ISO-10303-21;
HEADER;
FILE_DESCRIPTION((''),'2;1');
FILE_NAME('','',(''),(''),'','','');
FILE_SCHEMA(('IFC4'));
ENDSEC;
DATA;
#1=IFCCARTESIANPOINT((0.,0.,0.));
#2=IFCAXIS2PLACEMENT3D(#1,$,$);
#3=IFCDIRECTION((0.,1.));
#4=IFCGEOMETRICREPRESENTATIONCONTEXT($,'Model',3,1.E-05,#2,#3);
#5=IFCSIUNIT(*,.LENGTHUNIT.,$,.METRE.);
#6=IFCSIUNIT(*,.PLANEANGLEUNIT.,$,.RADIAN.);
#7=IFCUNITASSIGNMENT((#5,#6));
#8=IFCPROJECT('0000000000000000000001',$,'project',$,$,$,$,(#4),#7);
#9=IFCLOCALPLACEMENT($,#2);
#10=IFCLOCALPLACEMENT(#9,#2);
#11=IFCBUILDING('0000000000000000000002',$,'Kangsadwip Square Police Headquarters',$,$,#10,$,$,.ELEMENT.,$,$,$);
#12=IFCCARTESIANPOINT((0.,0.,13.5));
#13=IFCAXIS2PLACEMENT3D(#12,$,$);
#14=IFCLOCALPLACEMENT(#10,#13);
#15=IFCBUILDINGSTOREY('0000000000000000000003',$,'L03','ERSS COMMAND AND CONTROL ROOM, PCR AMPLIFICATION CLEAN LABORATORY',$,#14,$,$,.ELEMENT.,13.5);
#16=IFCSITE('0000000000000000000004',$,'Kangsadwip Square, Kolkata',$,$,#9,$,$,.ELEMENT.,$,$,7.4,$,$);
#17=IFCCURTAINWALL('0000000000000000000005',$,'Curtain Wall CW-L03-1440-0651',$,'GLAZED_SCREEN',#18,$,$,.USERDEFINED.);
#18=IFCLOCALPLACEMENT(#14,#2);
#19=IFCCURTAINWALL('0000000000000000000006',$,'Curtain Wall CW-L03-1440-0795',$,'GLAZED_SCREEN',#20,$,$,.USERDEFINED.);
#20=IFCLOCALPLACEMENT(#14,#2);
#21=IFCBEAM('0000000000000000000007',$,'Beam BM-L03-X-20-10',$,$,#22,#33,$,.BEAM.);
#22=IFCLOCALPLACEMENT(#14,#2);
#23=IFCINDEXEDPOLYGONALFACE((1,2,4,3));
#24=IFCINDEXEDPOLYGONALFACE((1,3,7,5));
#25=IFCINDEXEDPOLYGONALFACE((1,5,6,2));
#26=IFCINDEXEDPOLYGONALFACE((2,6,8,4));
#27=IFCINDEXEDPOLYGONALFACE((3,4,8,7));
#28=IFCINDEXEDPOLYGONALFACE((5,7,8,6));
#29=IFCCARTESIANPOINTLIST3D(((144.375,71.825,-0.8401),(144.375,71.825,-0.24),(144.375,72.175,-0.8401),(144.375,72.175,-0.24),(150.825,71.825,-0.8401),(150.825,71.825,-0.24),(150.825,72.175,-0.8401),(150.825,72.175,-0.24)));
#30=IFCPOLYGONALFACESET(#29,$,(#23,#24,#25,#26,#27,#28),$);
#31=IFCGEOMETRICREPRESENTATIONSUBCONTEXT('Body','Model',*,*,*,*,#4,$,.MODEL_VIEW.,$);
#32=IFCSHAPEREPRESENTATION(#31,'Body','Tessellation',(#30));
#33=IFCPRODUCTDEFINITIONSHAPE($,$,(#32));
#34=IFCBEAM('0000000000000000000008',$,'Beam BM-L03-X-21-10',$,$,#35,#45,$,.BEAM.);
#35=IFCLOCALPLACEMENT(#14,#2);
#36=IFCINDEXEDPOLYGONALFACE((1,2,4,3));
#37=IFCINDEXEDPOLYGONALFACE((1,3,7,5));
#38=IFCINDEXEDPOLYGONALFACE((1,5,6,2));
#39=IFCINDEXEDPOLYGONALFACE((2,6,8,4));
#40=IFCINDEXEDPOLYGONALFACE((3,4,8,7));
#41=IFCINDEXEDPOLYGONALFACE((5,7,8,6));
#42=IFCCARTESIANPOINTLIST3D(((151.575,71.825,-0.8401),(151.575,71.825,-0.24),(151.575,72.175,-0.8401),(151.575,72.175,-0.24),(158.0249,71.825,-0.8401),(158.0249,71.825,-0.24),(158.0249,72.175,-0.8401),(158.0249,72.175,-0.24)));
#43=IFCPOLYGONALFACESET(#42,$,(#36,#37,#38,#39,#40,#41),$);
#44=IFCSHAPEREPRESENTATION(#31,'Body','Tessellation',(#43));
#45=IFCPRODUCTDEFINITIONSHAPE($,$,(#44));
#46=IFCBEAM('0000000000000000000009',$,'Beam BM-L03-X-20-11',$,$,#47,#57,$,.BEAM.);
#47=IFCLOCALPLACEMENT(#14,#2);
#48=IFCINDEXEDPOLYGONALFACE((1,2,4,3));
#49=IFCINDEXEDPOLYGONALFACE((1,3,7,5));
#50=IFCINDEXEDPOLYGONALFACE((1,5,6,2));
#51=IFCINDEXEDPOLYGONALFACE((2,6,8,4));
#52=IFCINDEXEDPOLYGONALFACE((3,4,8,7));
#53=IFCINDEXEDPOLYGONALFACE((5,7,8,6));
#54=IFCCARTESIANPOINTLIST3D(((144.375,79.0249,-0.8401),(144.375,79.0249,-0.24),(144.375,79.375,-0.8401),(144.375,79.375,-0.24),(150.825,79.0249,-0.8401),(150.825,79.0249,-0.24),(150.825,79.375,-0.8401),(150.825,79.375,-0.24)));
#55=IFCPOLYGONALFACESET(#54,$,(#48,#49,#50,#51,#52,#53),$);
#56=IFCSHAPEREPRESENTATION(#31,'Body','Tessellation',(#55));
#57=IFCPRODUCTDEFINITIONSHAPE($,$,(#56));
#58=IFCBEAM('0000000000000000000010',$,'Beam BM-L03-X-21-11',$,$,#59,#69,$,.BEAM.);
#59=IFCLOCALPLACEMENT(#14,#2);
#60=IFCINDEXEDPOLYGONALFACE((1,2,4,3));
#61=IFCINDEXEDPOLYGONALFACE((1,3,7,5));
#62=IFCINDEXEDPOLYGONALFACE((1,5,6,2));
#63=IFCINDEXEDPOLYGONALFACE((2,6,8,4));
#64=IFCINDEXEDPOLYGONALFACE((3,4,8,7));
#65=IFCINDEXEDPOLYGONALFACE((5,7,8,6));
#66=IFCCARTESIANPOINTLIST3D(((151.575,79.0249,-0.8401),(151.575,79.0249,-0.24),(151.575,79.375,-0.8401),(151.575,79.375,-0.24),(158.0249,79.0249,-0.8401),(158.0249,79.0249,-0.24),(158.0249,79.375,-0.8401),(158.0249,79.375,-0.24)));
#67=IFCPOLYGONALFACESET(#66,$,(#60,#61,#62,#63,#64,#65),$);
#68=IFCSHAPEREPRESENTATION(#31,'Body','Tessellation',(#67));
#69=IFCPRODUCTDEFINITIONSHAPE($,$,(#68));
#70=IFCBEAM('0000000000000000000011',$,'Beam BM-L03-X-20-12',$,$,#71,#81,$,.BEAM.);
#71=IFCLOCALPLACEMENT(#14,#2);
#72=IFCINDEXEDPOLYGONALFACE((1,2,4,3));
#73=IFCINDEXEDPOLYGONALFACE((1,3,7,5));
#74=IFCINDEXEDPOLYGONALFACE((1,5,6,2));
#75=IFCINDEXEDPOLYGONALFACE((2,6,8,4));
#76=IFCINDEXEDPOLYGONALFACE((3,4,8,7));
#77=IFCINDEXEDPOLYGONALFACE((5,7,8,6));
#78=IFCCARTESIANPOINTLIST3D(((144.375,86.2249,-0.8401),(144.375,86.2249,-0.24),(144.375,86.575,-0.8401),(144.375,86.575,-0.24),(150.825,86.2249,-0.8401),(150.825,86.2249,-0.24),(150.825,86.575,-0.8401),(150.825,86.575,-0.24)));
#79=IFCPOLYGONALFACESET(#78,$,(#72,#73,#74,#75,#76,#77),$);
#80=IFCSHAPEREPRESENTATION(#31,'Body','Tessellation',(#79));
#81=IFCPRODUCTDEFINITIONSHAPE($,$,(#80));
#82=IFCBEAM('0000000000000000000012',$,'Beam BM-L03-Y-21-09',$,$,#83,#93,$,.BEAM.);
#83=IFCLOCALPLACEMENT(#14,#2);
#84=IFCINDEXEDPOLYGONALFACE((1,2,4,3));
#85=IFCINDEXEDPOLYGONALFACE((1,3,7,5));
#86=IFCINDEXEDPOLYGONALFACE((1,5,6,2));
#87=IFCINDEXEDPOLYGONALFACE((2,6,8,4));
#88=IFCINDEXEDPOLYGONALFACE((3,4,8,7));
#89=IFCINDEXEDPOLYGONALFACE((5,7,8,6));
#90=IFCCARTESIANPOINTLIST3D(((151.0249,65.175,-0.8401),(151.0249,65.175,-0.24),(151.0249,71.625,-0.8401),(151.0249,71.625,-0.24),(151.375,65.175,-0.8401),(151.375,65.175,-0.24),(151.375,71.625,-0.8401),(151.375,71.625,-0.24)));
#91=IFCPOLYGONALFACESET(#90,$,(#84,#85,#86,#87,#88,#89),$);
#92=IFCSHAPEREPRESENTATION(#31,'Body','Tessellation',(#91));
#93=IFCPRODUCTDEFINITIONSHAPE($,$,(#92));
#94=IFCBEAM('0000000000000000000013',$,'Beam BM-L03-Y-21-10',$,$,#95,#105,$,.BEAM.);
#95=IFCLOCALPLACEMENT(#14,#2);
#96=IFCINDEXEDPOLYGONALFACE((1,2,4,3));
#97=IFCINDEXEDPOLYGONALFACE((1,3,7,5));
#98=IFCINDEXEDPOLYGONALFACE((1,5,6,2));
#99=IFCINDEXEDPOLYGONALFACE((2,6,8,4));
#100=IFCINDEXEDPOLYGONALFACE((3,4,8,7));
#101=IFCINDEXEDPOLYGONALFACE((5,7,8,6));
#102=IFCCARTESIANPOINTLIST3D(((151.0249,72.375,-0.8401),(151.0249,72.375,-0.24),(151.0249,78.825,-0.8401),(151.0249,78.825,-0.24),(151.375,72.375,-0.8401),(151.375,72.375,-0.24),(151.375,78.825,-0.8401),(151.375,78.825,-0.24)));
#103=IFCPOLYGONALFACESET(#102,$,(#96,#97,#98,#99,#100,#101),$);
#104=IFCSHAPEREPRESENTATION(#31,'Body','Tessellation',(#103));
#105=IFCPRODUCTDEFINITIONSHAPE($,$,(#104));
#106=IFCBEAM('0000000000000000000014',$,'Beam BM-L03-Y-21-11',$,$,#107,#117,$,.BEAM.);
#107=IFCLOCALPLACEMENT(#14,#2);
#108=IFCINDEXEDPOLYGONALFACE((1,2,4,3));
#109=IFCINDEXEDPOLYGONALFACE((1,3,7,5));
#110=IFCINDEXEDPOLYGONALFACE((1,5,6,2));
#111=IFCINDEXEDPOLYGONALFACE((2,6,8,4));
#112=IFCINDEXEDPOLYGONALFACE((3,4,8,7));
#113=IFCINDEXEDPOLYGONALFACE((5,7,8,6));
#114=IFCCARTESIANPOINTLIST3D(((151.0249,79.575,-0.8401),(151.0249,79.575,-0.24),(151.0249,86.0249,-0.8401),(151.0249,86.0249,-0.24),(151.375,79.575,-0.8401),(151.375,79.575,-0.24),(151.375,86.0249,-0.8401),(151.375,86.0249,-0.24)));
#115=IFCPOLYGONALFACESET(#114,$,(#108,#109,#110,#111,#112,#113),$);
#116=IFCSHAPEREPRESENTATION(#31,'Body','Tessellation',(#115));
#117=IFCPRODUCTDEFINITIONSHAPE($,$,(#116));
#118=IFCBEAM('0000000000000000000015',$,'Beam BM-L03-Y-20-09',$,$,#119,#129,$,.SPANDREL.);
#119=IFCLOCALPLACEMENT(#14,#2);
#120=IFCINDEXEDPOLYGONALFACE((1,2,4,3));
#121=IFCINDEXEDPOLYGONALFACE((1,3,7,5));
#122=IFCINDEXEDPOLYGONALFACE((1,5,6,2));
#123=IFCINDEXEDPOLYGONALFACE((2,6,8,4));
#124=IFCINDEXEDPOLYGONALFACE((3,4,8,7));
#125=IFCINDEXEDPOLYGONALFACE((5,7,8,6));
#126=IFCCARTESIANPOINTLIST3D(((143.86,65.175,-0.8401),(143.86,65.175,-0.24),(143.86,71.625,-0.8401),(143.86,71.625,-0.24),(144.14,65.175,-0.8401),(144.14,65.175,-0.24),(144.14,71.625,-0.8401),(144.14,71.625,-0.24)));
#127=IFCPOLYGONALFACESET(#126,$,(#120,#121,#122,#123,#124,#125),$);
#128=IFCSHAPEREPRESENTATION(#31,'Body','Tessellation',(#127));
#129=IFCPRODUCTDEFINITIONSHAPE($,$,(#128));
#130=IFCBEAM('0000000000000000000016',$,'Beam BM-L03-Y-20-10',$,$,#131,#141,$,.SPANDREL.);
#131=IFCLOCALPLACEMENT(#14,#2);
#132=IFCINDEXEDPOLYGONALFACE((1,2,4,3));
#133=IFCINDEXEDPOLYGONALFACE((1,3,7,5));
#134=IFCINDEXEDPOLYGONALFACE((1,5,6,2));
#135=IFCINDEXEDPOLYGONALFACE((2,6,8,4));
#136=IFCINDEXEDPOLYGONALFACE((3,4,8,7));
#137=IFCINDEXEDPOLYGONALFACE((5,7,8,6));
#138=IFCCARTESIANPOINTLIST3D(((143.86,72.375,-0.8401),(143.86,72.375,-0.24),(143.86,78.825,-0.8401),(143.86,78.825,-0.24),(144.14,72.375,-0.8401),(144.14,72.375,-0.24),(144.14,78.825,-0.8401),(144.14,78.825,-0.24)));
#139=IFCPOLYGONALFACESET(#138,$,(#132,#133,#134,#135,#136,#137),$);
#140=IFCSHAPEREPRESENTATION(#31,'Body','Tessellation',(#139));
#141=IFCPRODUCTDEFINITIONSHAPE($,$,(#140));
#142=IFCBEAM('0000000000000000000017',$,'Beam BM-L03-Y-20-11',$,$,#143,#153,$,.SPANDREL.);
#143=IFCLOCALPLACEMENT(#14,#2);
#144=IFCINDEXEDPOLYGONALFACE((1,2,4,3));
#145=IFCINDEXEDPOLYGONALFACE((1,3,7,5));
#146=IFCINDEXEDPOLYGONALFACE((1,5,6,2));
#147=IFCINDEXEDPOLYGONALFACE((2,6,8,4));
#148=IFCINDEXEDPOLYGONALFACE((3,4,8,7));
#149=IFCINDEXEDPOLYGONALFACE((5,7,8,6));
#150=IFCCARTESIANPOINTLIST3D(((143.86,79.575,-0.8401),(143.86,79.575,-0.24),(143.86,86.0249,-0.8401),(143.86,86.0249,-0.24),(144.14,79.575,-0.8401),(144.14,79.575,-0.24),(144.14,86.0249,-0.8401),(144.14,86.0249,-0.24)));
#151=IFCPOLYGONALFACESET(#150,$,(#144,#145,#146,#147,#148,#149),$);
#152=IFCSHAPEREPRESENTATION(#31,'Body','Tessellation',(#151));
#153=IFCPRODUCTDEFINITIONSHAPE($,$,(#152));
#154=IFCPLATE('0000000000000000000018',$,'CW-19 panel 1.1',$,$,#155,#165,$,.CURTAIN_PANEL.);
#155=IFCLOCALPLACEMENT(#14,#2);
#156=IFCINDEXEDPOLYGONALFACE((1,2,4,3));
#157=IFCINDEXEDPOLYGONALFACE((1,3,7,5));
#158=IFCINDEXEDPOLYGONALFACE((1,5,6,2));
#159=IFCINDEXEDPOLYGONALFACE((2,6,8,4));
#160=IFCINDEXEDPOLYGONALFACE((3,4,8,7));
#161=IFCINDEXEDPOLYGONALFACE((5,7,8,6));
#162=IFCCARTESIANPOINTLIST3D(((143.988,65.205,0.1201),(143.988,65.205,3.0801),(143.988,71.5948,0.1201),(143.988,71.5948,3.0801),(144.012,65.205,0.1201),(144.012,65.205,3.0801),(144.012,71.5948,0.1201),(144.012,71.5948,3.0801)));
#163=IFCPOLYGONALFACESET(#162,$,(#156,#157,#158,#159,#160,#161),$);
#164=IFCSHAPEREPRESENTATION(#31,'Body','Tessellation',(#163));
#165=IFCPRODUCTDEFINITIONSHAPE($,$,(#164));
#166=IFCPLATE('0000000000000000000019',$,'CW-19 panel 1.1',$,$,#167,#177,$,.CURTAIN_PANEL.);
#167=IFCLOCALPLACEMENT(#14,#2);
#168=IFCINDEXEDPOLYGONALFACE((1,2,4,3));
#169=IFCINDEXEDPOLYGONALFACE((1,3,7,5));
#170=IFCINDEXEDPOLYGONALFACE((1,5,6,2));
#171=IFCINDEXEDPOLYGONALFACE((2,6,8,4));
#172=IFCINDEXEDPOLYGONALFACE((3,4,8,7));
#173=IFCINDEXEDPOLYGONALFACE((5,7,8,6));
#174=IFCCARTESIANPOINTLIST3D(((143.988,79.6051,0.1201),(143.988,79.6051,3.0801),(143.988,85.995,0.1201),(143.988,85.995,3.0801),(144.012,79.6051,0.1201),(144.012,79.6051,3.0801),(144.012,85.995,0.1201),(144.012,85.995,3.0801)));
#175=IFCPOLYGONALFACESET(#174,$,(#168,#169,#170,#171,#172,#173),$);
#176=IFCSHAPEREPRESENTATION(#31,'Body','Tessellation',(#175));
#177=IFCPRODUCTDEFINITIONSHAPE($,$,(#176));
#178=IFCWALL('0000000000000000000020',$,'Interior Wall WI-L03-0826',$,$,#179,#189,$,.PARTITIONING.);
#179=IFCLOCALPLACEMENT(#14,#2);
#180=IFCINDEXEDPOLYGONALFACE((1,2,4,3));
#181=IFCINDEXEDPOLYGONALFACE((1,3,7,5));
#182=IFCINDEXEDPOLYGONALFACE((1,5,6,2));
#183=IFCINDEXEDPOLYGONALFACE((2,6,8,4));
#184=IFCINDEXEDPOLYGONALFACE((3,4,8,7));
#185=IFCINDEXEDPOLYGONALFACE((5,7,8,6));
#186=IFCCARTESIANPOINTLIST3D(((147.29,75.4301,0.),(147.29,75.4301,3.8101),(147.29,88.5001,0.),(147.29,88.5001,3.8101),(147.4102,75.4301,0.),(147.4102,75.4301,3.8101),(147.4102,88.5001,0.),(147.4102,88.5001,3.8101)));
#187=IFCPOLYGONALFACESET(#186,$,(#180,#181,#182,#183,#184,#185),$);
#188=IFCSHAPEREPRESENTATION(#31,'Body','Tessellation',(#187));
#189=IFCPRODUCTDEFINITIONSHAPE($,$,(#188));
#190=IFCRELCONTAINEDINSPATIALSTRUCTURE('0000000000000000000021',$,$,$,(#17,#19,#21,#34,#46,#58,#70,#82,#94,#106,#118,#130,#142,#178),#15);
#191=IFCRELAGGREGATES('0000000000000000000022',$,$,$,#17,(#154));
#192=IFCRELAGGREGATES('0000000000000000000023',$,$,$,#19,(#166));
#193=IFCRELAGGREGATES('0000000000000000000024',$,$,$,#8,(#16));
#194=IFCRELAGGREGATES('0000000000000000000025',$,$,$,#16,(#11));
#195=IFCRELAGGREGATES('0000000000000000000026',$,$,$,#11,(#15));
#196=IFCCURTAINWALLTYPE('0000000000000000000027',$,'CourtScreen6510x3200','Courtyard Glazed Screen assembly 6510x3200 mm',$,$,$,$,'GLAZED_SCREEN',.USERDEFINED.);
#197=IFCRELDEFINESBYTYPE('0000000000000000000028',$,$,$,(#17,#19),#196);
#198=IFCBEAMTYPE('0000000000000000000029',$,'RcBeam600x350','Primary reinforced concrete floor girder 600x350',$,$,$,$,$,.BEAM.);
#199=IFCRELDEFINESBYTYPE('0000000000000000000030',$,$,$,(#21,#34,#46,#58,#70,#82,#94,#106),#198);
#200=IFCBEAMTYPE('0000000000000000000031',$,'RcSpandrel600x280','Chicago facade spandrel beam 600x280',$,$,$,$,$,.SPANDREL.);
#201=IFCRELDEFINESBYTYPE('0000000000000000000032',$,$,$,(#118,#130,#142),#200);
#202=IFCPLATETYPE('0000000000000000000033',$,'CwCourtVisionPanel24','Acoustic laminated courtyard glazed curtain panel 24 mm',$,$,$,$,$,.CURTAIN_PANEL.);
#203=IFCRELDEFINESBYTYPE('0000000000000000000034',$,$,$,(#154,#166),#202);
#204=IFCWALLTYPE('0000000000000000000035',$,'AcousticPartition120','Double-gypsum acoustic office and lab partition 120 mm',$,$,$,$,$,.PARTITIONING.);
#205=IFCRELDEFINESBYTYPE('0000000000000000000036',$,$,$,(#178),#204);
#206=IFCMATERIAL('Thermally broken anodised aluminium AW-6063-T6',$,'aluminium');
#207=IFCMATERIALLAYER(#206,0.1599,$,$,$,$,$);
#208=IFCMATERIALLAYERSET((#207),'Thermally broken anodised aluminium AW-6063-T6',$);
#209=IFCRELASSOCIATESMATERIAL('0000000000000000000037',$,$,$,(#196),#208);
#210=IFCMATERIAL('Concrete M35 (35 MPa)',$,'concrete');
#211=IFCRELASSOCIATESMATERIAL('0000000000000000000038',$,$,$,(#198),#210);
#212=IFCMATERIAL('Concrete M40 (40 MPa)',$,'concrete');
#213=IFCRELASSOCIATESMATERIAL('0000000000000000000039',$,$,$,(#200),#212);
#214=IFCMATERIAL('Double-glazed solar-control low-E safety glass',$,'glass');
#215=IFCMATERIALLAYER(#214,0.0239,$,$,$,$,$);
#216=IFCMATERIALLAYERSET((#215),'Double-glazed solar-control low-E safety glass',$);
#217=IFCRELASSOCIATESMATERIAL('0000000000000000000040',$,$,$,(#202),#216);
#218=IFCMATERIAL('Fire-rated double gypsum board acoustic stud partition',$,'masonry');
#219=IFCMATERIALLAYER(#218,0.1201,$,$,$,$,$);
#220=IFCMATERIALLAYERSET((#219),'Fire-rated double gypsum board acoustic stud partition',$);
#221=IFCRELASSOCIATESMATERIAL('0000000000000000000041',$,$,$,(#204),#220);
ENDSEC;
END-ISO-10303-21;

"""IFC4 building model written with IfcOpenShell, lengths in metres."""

from ifc_helpers import new_model, si_unit, direction, frame, frame_2d, origin, origin_2d, place, context, subcontext, project, spatial, rectangle, extrude, material, layer, layer_set, material_profile, profile_set, type_object, element, aggregate, save


model = new_model("IFC4")

# Units and contexts
model_context = context("Model", 3, precision=1e-05, world=origin(), true_north=direction((0.0, 1.0)))
body_context = subcontext(model_context, "Body", "Model", "MODEL_VIEW")
ifc_project = project(units=[si_unit("LENGTHUNIT", "METRE"), si_unit("PLANEANGLEUNIT", "RADIAN")], contexts=[model_context])

# Site, building, storey
site_placement = place(None, origin())
site = spatial("IfcSite", under=ifc_project, at=site_placement, Name="Kangsadwip Square, Kolkata", CompositionType="ELEMENT", RefElevation=7.4)
building_placement = place(site_placement, origin())
building = spatial("IfcBuilding", under=site, at=building_placement, Name="Kangsadwip Square Police Headquarters", CompositionType="ELEMENT")
storey_placement = place(building_placement, frame((0.0, 0.0, 13.5)))
storey = spatial("IfcBuildingStorey", under=building, at=storey_placement, Name="L03", Description="ERSS COMMAND AND CONTROL ROOM, PCR AMPLIFICATION CLEAN LABORATORY", CompositionType="ELEMENT", Elevation=13.5)

# Curtain walls
ifc_material_1 = material(Name="Thermally broken anodised aluminium AW-6063-T6", Category="aluminium")
ifc_layer_1 = layer(ifc_material_1, 0.1599)
ifc_layer_set_1 = layer_set([ifc_layer_1], Name="Thermally broken anodised aluminium AW-6063-T6")
curtain_wall_type = type_object("IfcCurtainWallType", Name="CourtScreen6510x3200", Description="Courtyard Glazed Screen assembly 6510x3200 mm", ElementType="GLAZED_SCREEN", PredefinedType="USERDEFINED", material=ifc_layer_set_1)
curtain_wall_1_placement = place(storey_placement, origin())
curtain_wall_1 = element("IfcCurtainWall", 1, at=curtain_wall_1_placement, inside=storey, type_object=curtain_wall_type, Name="Curtain Wall CW-L03-1440-0651", ObjectType="GLAZED_SCREEN", PredefinedType="USERDEFINED")
curtain_wall_2_placement = place(storey_placement, origin())
curtain_wall_2 = element("IfcCurtainWall", 2, at=curtain_wall_2_placement, inside=storey, type_object=curtain_wall_type, Name="Curtain Wall CW-L03-1440-0795", ObjectType="GLAZED_SCREEN", PredefinedType="USERDEFINED")

# Beams
ifc_material_2 = material(Name="Concrete M35 (35 MPa)", Category="concrete")
ifc_material_profile_1 = material_profile(ifc_material_2, rectangle(XDim=0.3501, YDim=0.6001, at=origin_2d()), Name="RC BM 600X350")
ifc_profile_set_1 = profile_set([ifc_material_profile_1], Name="Concrete M35 (35 MPa)")
beam_type_1 = type_object("IfcBeamType", Name="RcBeam600x350", Description="Primary reinforced concrete floor girder 600x350", PredefinedType="BEAM", material=ifc_profile_set_1)
for number, where, z_axis, x_axis, name in (
    (3, (144.375, 72.0, -0.54), (1.0, 0.0, 0.0), (0.0, 1.0, 0.0), "Beam BM-L03-X-20-10"),
    (4, (151.575, 72.0, -0.54), (1.0, 0.0, 0.0), (0.0, 1.0, 0.0), "Beam BM-L03-X-21-10"),
    (5, (144.375, 79.2, -0.54), (1.0, 0.0, 0.0), (0.0, 1.0, 0.0), "Beam BM-L03-X-20-11"),
    (6, (151.575, 79.2, -0.54), (1.0, 0.0, 0.0), (0.0, 1.0, 0.0), "Beam BM-L03-X-21-11"),
    (7, (144.375, 86.3999, -0.54), (1.0, 0.0, 0.0), (0.0, 1.0, 0.0), "Beam BM-L03-X-20-12"),
    (8, (151.2, 65.175, -0.54), (0.0, 1.0, 0.0), (-1.0, 0.0, 0.0), "Beam BM-L03-Y-21-09"),
    (9, (151.2, 72.375, -0.54), (0.0, 1.0, 0.0), (-1.0, 0.0, 0.0), "Beam BM-L03-Y-21-10"),
    (10, (151.2, 79.575, -0.54), (0.0, 1.0, 0.0), (-1.0, 0.0, 0.0), "Beam BM-L03-Y-21-11"),
):
    element("IfcBeam", number, at=place(storey_placement, frame(where, z_axis=z_axis, x_axis=x_axis)), inside=storey, type_object=beam_type_1, Name=name, PredefinedType="BEAM", context=body_context, shape_type="SweptSolid", body=[
        extrude(rectangle(XDim=0.3501, YDim=0.6001, at=origin_2d()), origin(), (0.0, 0.0, 1.0), 6.45),
    ])
ifc_material_3 = material(Name="Concrete M40 (40 MPa)", Category="concrete")
ifc_material_profile_2 = material_profile(ifc_material_3, rectangle(XDim=0.28, YDim=0.6001, at=origin_2d()), Name="RC SPN 600X280")
ifc_profile_set_2 = profile_set([ifc_material_profile_2], Name="Concrete M40 (40 MPa)")
beam_type_2 = type_object("IfcBeamType", Name="RcSpandrel600x280", Description="Chicago facade spandrel beam 600x280", PredefinedType="SPANDREL", material=ifc_profile_set_2)
for number, where, z_axis, x_axis, name in (
    (11, (144.0, 65.175, -0.54), (0.0, 1.0, 0.0), (-1.0, 0.0, 0.0), "Beam BM-L03-Y-20-09"),
    (12, (144.0, 72.375, -0.54), (0.0, 1.0, 0.0), (-1.0, 0.0, 0.0), "Beam BM-L03-Y-20-10"),
    (13, (144.0, 79.575, -0.54), (0.0, 1.0, 0.0), (-1.0, 0.0, 0.0), "Beam BM-L03-Y-20-11"),
):
    element("IfcBeam", number, at=place(storey_placement, frame(where, z_axis=z_axis, x_axis=x_axis)), inside=storey, type_object=beam_type_2, Name=name, PredefinedType="SPANDREL", context=body_context, shape_type="SweptSolid", body=[
        extrude(rectangle(XDim=0.28, YDim=0.6001, at=origin_2d()), origin(), (0.0, 0.0, 1.0), 6.45),
    ])

# Plates
ifc_material_4 = material(Name="Double-glazed solar-control low-E safety glass", Category="glass")
ifc_layer_2 = layer(ifc_material_4, 0.0239)
ifc_layer_set_2 = layer_set([ifc_layer_2], Name="Double-glazed solar-control low-E safety glass")
plate_type = type_object("IfcPlateType", Name="CwCourtVisionPanel24", Description="Acoustic laminated courtyard glazed curtain panel 24 mm", PredefinedType="CURTAIN_PANEL", material=ifc_layer_set_2)
plate_1_placement = place(storey_placement, frame((144.0, 68.3999, 0.1201), z_axis=(0.0, 0.0, 1.0), x_axis=(0.0, 1.0, 0.0)))
plate_1 = element("IfcPlate", 14, at=plate_1_placement, type_object=plate_type, Name="CW-19 panel 1.1", PredefinedType="CURTAIN_PANEL", context=body_context, shape_type="SweptSolid", body=[
    extrude(rectangle(XDim=6.3899, YDim=0.0239, at=origin_2d()), origin(), (0.0, 0.0, 1.0), 2.96),
])
aggregate(curtain_wall_1, [plate_1])
plate_2_placement = place(storey_placement, frame((144.0, 82.8, 0.1201), z_axis=(0.0, 0.0, 1.0), x_axis=(0.0, 1.0, 0.0)))
plate_2 = element("IfcPlate", 15, at=plate_2_placement, type_object=plate_type, Name="CW-19 panel 1.1", PredefinedType="CURTAIN_PANEL", context=body_context, shape_type="SweptSolid", body=[
    extrude(rectangle(XDim=6.3899, YDim=0.0239, at=origin_2d()), origin(), (0.0, 0.0, 1.0), 2.96),
])
aggregate(curtain_wall_2, [plate_2])

# Wall
ifc_material_5 = material(Name="Fire-rated double gypsum board acoustic stud partition", Category="masonry")
ifc_layer_3 = layer(ifc_material_5, 0.1201)
ifc_layer_set_3 = layer_set([ifc_layer_3], Name="Fire-rated double gypsum board acoustic stud partition")
wall_type_1 = type_object("IfcWallType", Name="AcousticPartition120", Description="Double-gypsum acoustic office and lab partition 120 mm", PredefinedType="PARTITIONING", material=ifc_layer_set_3)
wall_1_placement = place(storey_placement, frame((147.3501, 75.4299, 0.0), z_axis=(0.0, 0.0, 1.0), x_axis=(0.0, 1.0, 0.0)))
element("IfcWall", 16, at=wall_1_placement, inside=storey, type_object=wall_type_1, Name="Interior Wall WI-L03-0826", PredefinedType="PARTITIONING", context=body_context, shape_type="SweptSolid", body=[
    extrude(rectangle(XDim=13.0701, YDim=0.1201, at=frame_2d((6.5352, 0.0))), origin(), (0.0, 0.0, 1.0), 3.8101),
])

save(model, "model.ifc")
